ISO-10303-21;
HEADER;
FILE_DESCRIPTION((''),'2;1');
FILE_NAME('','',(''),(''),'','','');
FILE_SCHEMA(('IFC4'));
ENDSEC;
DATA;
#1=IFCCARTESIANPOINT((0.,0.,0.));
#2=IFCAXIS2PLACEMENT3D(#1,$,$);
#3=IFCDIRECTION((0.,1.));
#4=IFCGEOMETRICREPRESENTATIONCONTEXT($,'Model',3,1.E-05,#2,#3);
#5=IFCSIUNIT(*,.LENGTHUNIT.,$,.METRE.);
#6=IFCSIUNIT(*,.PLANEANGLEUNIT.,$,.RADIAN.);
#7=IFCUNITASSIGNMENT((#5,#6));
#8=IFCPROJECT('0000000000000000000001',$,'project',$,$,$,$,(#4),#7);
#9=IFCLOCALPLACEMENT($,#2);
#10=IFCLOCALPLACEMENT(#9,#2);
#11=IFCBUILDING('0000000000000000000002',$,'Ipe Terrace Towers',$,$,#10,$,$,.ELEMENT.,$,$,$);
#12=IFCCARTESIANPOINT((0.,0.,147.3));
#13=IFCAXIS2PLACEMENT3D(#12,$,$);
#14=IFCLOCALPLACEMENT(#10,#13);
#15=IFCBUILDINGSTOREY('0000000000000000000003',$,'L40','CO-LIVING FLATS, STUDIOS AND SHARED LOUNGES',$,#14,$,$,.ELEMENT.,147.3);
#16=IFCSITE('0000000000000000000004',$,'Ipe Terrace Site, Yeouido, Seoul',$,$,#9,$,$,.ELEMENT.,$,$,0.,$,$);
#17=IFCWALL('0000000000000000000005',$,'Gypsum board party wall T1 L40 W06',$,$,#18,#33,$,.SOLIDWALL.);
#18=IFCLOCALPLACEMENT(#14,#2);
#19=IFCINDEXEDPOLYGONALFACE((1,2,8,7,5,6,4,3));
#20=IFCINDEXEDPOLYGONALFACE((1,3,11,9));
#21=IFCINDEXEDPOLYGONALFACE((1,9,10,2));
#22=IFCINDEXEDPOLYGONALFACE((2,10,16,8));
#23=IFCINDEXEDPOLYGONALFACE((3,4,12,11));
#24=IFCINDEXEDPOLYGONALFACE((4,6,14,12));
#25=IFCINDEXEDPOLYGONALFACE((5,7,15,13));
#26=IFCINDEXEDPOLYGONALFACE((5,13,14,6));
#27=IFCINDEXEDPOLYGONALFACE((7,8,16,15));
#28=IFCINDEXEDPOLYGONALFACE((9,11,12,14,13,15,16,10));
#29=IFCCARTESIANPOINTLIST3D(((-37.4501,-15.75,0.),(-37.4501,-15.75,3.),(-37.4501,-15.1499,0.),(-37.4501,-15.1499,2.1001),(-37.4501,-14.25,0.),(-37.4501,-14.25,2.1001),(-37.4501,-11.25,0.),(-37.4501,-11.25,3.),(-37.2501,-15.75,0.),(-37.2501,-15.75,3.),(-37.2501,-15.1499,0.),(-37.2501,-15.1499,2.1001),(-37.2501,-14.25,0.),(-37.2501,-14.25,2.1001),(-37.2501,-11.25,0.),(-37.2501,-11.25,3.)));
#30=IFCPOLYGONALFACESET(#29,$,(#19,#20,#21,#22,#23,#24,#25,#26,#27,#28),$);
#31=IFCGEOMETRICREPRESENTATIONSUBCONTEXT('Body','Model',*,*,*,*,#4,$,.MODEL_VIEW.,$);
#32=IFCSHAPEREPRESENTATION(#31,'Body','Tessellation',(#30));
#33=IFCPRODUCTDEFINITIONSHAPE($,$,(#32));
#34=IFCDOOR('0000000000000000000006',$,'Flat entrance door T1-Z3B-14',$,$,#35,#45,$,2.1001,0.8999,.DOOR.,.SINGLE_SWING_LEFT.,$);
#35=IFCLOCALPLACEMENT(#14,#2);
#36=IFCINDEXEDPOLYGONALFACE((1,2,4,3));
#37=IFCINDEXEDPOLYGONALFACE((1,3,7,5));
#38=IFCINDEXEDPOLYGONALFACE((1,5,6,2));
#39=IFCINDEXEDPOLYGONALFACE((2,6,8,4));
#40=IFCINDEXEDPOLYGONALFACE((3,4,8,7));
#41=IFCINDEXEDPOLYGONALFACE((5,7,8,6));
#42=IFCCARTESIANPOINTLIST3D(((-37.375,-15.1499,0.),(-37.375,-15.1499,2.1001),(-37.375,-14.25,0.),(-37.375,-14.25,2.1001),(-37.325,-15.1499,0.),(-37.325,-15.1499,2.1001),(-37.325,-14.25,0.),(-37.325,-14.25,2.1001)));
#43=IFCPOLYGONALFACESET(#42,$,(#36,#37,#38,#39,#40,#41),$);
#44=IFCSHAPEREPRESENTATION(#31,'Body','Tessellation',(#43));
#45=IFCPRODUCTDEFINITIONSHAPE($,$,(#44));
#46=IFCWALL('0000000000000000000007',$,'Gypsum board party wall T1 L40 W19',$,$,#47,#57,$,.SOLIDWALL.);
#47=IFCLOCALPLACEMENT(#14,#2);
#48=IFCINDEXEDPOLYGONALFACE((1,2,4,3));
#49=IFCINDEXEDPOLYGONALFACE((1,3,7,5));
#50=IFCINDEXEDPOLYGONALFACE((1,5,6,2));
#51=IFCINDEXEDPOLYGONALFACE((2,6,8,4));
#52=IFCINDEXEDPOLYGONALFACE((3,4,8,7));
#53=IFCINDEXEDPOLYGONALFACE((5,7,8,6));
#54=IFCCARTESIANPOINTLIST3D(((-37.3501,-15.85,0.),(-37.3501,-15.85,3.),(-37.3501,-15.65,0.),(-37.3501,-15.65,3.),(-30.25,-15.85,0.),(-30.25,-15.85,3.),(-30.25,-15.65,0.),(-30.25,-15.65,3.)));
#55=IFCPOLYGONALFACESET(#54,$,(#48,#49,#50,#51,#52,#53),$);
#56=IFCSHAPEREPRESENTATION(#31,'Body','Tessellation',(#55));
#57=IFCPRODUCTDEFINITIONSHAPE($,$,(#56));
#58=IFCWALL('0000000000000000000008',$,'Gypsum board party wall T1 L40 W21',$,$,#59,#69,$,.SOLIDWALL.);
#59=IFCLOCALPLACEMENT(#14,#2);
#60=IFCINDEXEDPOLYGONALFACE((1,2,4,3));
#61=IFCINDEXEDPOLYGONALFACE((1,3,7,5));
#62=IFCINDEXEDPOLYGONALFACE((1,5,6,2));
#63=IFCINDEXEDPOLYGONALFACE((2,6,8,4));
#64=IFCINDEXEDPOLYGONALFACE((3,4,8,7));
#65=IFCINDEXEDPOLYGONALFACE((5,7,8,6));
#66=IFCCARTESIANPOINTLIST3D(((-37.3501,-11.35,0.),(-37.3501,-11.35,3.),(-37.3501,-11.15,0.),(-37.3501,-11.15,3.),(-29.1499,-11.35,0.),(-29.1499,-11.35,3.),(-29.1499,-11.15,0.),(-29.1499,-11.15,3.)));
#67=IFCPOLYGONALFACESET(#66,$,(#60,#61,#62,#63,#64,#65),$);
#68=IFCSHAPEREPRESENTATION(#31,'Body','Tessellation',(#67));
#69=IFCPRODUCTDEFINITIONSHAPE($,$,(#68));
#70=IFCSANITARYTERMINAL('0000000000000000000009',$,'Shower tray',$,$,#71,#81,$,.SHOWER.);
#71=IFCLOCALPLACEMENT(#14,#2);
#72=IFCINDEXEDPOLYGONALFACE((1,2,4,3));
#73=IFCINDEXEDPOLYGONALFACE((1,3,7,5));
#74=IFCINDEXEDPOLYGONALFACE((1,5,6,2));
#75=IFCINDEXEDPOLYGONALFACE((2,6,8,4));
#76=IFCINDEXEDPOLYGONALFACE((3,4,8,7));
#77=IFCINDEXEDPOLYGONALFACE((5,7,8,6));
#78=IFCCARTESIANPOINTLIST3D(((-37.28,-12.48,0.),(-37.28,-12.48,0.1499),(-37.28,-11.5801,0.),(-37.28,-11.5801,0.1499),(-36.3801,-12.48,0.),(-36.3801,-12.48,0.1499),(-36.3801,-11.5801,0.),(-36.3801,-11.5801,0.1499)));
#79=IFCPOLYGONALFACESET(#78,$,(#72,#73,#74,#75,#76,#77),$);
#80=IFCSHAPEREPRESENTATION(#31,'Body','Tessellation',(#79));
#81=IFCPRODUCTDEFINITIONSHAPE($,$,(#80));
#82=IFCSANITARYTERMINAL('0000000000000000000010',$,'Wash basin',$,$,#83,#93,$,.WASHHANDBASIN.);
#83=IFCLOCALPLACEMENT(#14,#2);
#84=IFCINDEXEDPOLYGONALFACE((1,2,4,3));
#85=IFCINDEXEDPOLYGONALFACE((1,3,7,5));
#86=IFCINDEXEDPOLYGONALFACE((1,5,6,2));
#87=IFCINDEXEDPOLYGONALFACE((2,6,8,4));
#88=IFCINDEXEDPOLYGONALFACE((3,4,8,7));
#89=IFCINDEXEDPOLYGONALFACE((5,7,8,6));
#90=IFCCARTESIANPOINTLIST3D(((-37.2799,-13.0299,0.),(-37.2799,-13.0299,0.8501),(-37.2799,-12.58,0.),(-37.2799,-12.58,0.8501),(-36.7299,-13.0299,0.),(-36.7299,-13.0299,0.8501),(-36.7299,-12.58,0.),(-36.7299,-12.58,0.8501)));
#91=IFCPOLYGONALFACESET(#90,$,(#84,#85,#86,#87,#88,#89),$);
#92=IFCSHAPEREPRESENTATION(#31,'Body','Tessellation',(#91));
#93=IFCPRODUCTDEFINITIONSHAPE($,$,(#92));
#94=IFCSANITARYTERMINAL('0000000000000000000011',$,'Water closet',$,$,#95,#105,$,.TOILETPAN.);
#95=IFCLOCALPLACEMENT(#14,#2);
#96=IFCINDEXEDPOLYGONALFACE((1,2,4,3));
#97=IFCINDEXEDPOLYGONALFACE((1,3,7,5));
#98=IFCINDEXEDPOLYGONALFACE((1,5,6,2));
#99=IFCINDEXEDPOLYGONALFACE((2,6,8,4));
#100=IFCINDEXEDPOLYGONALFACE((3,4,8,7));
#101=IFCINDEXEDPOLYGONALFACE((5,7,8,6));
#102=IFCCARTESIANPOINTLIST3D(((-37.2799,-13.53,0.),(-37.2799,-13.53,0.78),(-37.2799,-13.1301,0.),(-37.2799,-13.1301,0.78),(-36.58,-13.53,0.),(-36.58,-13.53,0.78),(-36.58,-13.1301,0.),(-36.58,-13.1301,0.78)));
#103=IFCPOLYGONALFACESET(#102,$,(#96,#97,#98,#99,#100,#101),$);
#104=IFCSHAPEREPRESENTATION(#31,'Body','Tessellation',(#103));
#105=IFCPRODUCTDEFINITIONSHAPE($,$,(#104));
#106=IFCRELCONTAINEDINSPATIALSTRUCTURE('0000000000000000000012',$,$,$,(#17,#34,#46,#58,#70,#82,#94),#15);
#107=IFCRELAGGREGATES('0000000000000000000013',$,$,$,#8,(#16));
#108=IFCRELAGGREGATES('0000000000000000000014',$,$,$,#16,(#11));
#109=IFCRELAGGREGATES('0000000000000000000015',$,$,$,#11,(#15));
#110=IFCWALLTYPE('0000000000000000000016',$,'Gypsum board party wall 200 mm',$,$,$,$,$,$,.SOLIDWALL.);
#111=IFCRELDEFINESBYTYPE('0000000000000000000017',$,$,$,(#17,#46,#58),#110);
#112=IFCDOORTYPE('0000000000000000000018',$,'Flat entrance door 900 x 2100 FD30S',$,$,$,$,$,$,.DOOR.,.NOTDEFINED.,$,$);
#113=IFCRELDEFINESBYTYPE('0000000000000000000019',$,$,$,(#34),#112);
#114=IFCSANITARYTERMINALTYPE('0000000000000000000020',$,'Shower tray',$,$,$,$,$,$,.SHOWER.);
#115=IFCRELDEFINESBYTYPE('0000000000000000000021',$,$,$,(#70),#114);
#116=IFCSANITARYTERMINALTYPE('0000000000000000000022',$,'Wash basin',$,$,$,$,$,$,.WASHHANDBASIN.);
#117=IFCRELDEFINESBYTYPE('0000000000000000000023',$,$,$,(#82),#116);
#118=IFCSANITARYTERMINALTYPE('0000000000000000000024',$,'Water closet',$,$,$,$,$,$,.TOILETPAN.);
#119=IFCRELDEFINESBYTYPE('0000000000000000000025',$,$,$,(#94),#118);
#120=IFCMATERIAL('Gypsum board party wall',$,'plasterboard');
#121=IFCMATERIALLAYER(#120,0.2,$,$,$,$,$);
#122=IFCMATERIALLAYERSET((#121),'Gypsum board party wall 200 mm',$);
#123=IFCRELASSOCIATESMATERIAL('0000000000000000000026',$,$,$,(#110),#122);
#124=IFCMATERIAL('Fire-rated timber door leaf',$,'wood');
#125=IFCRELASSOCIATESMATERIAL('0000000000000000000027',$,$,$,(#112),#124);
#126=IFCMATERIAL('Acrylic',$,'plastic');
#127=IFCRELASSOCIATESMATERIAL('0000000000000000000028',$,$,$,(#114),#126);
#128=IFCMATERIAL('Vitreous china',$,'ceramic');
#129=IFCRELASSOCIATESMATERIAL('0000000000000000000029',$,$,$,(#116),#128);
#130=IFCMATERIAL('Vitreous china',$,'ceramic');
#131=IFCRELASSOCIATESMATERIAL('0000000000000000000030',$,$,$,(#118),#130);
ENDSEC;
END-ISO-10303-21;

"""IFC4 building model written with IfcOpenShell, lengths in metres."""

from ifc_helpers import new_model, si_unit, direction, frame, frame_2d, origin, origin_2d, place, context, subcontext, project, spatial, rectangle, extrude, material, layer, layer_set, type_object, element, fill, save


model = new_model("IFC4")

# Units and contexts
model_context = context("Model", 3, precision=1e-05, world=origin(), true_north=direction((0.0, 1.0)))
body_context = subcontext(model_context, "Body", "Model", "MODEL_VIEW")
ifc_project = project(units=[si_unit("LENGTHUNIT", "METRE"), si_unit("PLANEANGLEUNIT", "RADIAN")], contexts=[model_context])

# Site, building, storey
site_placement = place(None, origin())
site = spatial("IfcSite", under=ifc_project, at=site_placement, Name="Ipe Terrace Site, Yeouido, Seoul", CompositionType="ELEMENT", RefElevation=0.0)
building_placement = place(site_placement, origin())
building = spatial("IfcBuilding", under=site, at=building_placement, Name="Ipe Terrace Towers", CompositionType="ELEMENT")
storey_placement = place(building_placement, frame((0.0, 0.0, 147.3)))
storey = spatial("IfcBuildingStorey", under=building, at=storey_placement, Name="L40", Description="CO-LIVING FLATS, STUDIOS AND SHARED LOUNGES", CompositionType="ELEMENT", Elevation=147.3)

# Wall, opening, door
ifc_material_1 = material(Name="Gypsum board party wall", Category="plasterboard")
ifc_layer_1 = layer(ifc_material_1, 0.2)
ifc_layer_set_1 = layer_set([ifc_layer_1], Name="Gypsum board party wall 200 mm")
wall_type_1 = type_object("IfcWallType", Name="Gypsum board party wall 200 mm", PredefinedType="SOLIDWALL", material=ifc_layer_set_1)
wall_1_placement = place(storey_placement, frame((-37.3501, -15.75, 0.0), z_axis=(0.0, 0.0, 1.0), x_axis=(0.0, 1.0, 0.0)))
wall_1 = element("IfcWall", 1, at=wall_1_placement, inside=storey, type_object=wall_type_1, Name="Gypsum board party wall T1 L40 W06", PredefinedType="SOLIDWALL", context=body_context, shape_type="SweptSolid", body=[
    extrude(rectangle(XDim=4.5, YDim=0.2, at=frame_2d((2.25, 0.0))), origin(), (0.0, 0.0, 1.0), 3.0),
])
opening_1_placement = place(wall_1_placement, frame((0.6001, 0.0, 0.0)))
opening_1 = element("IfcOpeningElement", 2, at=opening_1_placement, cuts=wall_1, PredefinedType="OPENING", context=body_context, shape_type="SweptSolid", body=[
    extrude(rectangle(XDim=0.8999, YDim=2.1001, at=frame_2d((0.45, 1.05))), frame((0.0, 0.1099, 0.0), z_axis=(0.0, -1.0, 0.0), x_axis=(1.0, 0.0, 0.0)), (0.0, 0.0, 1.0), 0.22),
])
ifc_material_2 = material(Name="Fire-rated timber door leaf", Category="wood")
door_type_1 = type_object("IfcDoorType", Name="Flat entrance door 900 x 2100 FD30S", OperationType="NOTDEFINED", PredefinedType="DOOR", material=ifc_material_2)
door_1_placement = place(opening_1_placement, origin())
door_1 = element("IfcDoor", 3, at=door_1_placement, inside=storey, type_object=door_type_1, Name="Flat entrance door T1-Z3B-14", OperationType="SINGLE_SWING_LEFT", OverallHeight=2.1001, OverallWidth=0.8999, PredefinedType="DOOR", context=body_context, shape_type="SweptSolid", body=[
    extrude(rectangle(XDim=0.8999, YDim=2.1001, at=frame_2d((0.45, 1.05))), frame((0.0, 0.0249, 0.0), z_axis=(0.0, -1.0, 0.0), x_axis=(1.0, 0.0, 0.0)), (0.0, 0.0, 1.0), 0.05),
])
fill(opening_1, door_1)

# Walls
wall_2_placement = place(storey_placement, frame((-37.3501, -15.75, 0.0), z_axis=(0.0, 0.0, 1.0), x_axis=(1.0, 0.0, 0.0)))
element("IfcWall", 4, at=wall_2_placement, inside=storey, type_object=wall_type_1, Name="Gypsum board party wall T1 L40 W19", PredefinedType="SOLIDWALL", context=body_context, shape_type="SweptSolid", body=[
    extrude(rectangle(XDim=7.1001, YDim=0.2, at=frame_2d((3.55, 0.0))), origin(), (0.0, 0.0, 1.0), 3.0),
])
wall_3_placement = place(storey_placement, frame((-37.3501, -11.25, 0.0), z_axis=(0.0, 0.0, 1.0), x_axis=(1.0, 0.0, 0.0)))
element("IfcWall", 5, at=wall_3_placement, inside=storey, type_object=wall_type_1, Name="Gypsum board party wall T1 L40 W21", PredefinedType="SOLIDWALL", context=body_context, shape_type="SweptSolid", body=[
    extrude(rectangle(XDim=8.2002, YDim=0.2, at=frame_2d((4.1001, 0.0))), origin(), (0.0, 0.0, 1.0), 3.0),
])

# Sanitary terminals
ifc_material_3 = material(Name="Acrylic", Category="plastic")
sanitary_terminal_type_1 = type_object("IfcSanitaryTerminalType", Name="Shower tray", PredefinedType="SHOWER", material=ifc_material_3)
sanitary_terminal_1_placement = place(storey_placement, frame((-36.8301, -12.03, 0.0), z_axis=(0.0, 0.0, 1.0), x_axis=(1.0, 0.0, 0.0)))
element("IfcSanitaryTerminal", 6, at=sanitary_terminal_1_placement, inside=storey, type_object=sanitary_terminal_type_1, Name="Shower tray", PredefinedType="SHOWER", context=body_context, shape_type="SweptSolid", body=[
    extrude(rectangle(XDim=0.8999, YDim=0.8999, at=origin_2d()), origin(), (0.0, 0.0, 1.0), 0.1499),
])
ifc_material_4 = material(Name="Vitreous china", Category="ceramic")
sanitary_terminal_type_2 = type_object("IfcSanitaryTerminalType", Name="Wash basin", PredefinedType="WASHHANDBASIN", material=ifc_material_4)
sanitary_terminal_2_placement = place(storey_placement, frame((-37.0049, -12.8049, 0.0), z_axis=(0.0, 0.0, 1.0), x_axis=(1.0, 0.0, 0.0)))
element("IfcSanitaryTerminal", 7, at=sanitary_terminal_2_placement, inside=storey, type_object=sanitary_terminal_type_2, Name="Wash basin", PredefinedType="WASHHANDBASIN", context=body_context, shape_type="SweptSolid", body=[
    extrude(rectangle(XDim=0.55, YDim=0.45, at=origin_2d()), origin(), (0.0, 0.0, 1.0), 0.8501),
])
ifc_material_5 = material(Name="Vitreous china", Category="ceramic")
sanitary_terminal_type_3 = type_object("IfcSanitaryTerminalType", Name="Water closet", PredefinedType="TOILETPAN", material=ifc_material_5)
sanitary_terminal_3_placement = place(storey_placement, frame((-36.9299, -13.3301, 0.0), z_axis=(0.0, 0.0, 1.0), x_axis=(1.0, 0.0, 0.0)))
element("IfcSanitaryTerminal", 8, at=sanitary_terminal_3_placement, inside=storey, type_object=sanitary_terminal_type_3, Name="Water closet", PredefinedType="TOILETPAN", context=body_context, shape_type="SweptSolid", body=[
    extrude(rectangle(XDim=0.7, YDim=0.3999, at=origin_2d()), origin(), (0.0, 0.0, 1.0), 0.78),
])

save(model, "model.ifc")
